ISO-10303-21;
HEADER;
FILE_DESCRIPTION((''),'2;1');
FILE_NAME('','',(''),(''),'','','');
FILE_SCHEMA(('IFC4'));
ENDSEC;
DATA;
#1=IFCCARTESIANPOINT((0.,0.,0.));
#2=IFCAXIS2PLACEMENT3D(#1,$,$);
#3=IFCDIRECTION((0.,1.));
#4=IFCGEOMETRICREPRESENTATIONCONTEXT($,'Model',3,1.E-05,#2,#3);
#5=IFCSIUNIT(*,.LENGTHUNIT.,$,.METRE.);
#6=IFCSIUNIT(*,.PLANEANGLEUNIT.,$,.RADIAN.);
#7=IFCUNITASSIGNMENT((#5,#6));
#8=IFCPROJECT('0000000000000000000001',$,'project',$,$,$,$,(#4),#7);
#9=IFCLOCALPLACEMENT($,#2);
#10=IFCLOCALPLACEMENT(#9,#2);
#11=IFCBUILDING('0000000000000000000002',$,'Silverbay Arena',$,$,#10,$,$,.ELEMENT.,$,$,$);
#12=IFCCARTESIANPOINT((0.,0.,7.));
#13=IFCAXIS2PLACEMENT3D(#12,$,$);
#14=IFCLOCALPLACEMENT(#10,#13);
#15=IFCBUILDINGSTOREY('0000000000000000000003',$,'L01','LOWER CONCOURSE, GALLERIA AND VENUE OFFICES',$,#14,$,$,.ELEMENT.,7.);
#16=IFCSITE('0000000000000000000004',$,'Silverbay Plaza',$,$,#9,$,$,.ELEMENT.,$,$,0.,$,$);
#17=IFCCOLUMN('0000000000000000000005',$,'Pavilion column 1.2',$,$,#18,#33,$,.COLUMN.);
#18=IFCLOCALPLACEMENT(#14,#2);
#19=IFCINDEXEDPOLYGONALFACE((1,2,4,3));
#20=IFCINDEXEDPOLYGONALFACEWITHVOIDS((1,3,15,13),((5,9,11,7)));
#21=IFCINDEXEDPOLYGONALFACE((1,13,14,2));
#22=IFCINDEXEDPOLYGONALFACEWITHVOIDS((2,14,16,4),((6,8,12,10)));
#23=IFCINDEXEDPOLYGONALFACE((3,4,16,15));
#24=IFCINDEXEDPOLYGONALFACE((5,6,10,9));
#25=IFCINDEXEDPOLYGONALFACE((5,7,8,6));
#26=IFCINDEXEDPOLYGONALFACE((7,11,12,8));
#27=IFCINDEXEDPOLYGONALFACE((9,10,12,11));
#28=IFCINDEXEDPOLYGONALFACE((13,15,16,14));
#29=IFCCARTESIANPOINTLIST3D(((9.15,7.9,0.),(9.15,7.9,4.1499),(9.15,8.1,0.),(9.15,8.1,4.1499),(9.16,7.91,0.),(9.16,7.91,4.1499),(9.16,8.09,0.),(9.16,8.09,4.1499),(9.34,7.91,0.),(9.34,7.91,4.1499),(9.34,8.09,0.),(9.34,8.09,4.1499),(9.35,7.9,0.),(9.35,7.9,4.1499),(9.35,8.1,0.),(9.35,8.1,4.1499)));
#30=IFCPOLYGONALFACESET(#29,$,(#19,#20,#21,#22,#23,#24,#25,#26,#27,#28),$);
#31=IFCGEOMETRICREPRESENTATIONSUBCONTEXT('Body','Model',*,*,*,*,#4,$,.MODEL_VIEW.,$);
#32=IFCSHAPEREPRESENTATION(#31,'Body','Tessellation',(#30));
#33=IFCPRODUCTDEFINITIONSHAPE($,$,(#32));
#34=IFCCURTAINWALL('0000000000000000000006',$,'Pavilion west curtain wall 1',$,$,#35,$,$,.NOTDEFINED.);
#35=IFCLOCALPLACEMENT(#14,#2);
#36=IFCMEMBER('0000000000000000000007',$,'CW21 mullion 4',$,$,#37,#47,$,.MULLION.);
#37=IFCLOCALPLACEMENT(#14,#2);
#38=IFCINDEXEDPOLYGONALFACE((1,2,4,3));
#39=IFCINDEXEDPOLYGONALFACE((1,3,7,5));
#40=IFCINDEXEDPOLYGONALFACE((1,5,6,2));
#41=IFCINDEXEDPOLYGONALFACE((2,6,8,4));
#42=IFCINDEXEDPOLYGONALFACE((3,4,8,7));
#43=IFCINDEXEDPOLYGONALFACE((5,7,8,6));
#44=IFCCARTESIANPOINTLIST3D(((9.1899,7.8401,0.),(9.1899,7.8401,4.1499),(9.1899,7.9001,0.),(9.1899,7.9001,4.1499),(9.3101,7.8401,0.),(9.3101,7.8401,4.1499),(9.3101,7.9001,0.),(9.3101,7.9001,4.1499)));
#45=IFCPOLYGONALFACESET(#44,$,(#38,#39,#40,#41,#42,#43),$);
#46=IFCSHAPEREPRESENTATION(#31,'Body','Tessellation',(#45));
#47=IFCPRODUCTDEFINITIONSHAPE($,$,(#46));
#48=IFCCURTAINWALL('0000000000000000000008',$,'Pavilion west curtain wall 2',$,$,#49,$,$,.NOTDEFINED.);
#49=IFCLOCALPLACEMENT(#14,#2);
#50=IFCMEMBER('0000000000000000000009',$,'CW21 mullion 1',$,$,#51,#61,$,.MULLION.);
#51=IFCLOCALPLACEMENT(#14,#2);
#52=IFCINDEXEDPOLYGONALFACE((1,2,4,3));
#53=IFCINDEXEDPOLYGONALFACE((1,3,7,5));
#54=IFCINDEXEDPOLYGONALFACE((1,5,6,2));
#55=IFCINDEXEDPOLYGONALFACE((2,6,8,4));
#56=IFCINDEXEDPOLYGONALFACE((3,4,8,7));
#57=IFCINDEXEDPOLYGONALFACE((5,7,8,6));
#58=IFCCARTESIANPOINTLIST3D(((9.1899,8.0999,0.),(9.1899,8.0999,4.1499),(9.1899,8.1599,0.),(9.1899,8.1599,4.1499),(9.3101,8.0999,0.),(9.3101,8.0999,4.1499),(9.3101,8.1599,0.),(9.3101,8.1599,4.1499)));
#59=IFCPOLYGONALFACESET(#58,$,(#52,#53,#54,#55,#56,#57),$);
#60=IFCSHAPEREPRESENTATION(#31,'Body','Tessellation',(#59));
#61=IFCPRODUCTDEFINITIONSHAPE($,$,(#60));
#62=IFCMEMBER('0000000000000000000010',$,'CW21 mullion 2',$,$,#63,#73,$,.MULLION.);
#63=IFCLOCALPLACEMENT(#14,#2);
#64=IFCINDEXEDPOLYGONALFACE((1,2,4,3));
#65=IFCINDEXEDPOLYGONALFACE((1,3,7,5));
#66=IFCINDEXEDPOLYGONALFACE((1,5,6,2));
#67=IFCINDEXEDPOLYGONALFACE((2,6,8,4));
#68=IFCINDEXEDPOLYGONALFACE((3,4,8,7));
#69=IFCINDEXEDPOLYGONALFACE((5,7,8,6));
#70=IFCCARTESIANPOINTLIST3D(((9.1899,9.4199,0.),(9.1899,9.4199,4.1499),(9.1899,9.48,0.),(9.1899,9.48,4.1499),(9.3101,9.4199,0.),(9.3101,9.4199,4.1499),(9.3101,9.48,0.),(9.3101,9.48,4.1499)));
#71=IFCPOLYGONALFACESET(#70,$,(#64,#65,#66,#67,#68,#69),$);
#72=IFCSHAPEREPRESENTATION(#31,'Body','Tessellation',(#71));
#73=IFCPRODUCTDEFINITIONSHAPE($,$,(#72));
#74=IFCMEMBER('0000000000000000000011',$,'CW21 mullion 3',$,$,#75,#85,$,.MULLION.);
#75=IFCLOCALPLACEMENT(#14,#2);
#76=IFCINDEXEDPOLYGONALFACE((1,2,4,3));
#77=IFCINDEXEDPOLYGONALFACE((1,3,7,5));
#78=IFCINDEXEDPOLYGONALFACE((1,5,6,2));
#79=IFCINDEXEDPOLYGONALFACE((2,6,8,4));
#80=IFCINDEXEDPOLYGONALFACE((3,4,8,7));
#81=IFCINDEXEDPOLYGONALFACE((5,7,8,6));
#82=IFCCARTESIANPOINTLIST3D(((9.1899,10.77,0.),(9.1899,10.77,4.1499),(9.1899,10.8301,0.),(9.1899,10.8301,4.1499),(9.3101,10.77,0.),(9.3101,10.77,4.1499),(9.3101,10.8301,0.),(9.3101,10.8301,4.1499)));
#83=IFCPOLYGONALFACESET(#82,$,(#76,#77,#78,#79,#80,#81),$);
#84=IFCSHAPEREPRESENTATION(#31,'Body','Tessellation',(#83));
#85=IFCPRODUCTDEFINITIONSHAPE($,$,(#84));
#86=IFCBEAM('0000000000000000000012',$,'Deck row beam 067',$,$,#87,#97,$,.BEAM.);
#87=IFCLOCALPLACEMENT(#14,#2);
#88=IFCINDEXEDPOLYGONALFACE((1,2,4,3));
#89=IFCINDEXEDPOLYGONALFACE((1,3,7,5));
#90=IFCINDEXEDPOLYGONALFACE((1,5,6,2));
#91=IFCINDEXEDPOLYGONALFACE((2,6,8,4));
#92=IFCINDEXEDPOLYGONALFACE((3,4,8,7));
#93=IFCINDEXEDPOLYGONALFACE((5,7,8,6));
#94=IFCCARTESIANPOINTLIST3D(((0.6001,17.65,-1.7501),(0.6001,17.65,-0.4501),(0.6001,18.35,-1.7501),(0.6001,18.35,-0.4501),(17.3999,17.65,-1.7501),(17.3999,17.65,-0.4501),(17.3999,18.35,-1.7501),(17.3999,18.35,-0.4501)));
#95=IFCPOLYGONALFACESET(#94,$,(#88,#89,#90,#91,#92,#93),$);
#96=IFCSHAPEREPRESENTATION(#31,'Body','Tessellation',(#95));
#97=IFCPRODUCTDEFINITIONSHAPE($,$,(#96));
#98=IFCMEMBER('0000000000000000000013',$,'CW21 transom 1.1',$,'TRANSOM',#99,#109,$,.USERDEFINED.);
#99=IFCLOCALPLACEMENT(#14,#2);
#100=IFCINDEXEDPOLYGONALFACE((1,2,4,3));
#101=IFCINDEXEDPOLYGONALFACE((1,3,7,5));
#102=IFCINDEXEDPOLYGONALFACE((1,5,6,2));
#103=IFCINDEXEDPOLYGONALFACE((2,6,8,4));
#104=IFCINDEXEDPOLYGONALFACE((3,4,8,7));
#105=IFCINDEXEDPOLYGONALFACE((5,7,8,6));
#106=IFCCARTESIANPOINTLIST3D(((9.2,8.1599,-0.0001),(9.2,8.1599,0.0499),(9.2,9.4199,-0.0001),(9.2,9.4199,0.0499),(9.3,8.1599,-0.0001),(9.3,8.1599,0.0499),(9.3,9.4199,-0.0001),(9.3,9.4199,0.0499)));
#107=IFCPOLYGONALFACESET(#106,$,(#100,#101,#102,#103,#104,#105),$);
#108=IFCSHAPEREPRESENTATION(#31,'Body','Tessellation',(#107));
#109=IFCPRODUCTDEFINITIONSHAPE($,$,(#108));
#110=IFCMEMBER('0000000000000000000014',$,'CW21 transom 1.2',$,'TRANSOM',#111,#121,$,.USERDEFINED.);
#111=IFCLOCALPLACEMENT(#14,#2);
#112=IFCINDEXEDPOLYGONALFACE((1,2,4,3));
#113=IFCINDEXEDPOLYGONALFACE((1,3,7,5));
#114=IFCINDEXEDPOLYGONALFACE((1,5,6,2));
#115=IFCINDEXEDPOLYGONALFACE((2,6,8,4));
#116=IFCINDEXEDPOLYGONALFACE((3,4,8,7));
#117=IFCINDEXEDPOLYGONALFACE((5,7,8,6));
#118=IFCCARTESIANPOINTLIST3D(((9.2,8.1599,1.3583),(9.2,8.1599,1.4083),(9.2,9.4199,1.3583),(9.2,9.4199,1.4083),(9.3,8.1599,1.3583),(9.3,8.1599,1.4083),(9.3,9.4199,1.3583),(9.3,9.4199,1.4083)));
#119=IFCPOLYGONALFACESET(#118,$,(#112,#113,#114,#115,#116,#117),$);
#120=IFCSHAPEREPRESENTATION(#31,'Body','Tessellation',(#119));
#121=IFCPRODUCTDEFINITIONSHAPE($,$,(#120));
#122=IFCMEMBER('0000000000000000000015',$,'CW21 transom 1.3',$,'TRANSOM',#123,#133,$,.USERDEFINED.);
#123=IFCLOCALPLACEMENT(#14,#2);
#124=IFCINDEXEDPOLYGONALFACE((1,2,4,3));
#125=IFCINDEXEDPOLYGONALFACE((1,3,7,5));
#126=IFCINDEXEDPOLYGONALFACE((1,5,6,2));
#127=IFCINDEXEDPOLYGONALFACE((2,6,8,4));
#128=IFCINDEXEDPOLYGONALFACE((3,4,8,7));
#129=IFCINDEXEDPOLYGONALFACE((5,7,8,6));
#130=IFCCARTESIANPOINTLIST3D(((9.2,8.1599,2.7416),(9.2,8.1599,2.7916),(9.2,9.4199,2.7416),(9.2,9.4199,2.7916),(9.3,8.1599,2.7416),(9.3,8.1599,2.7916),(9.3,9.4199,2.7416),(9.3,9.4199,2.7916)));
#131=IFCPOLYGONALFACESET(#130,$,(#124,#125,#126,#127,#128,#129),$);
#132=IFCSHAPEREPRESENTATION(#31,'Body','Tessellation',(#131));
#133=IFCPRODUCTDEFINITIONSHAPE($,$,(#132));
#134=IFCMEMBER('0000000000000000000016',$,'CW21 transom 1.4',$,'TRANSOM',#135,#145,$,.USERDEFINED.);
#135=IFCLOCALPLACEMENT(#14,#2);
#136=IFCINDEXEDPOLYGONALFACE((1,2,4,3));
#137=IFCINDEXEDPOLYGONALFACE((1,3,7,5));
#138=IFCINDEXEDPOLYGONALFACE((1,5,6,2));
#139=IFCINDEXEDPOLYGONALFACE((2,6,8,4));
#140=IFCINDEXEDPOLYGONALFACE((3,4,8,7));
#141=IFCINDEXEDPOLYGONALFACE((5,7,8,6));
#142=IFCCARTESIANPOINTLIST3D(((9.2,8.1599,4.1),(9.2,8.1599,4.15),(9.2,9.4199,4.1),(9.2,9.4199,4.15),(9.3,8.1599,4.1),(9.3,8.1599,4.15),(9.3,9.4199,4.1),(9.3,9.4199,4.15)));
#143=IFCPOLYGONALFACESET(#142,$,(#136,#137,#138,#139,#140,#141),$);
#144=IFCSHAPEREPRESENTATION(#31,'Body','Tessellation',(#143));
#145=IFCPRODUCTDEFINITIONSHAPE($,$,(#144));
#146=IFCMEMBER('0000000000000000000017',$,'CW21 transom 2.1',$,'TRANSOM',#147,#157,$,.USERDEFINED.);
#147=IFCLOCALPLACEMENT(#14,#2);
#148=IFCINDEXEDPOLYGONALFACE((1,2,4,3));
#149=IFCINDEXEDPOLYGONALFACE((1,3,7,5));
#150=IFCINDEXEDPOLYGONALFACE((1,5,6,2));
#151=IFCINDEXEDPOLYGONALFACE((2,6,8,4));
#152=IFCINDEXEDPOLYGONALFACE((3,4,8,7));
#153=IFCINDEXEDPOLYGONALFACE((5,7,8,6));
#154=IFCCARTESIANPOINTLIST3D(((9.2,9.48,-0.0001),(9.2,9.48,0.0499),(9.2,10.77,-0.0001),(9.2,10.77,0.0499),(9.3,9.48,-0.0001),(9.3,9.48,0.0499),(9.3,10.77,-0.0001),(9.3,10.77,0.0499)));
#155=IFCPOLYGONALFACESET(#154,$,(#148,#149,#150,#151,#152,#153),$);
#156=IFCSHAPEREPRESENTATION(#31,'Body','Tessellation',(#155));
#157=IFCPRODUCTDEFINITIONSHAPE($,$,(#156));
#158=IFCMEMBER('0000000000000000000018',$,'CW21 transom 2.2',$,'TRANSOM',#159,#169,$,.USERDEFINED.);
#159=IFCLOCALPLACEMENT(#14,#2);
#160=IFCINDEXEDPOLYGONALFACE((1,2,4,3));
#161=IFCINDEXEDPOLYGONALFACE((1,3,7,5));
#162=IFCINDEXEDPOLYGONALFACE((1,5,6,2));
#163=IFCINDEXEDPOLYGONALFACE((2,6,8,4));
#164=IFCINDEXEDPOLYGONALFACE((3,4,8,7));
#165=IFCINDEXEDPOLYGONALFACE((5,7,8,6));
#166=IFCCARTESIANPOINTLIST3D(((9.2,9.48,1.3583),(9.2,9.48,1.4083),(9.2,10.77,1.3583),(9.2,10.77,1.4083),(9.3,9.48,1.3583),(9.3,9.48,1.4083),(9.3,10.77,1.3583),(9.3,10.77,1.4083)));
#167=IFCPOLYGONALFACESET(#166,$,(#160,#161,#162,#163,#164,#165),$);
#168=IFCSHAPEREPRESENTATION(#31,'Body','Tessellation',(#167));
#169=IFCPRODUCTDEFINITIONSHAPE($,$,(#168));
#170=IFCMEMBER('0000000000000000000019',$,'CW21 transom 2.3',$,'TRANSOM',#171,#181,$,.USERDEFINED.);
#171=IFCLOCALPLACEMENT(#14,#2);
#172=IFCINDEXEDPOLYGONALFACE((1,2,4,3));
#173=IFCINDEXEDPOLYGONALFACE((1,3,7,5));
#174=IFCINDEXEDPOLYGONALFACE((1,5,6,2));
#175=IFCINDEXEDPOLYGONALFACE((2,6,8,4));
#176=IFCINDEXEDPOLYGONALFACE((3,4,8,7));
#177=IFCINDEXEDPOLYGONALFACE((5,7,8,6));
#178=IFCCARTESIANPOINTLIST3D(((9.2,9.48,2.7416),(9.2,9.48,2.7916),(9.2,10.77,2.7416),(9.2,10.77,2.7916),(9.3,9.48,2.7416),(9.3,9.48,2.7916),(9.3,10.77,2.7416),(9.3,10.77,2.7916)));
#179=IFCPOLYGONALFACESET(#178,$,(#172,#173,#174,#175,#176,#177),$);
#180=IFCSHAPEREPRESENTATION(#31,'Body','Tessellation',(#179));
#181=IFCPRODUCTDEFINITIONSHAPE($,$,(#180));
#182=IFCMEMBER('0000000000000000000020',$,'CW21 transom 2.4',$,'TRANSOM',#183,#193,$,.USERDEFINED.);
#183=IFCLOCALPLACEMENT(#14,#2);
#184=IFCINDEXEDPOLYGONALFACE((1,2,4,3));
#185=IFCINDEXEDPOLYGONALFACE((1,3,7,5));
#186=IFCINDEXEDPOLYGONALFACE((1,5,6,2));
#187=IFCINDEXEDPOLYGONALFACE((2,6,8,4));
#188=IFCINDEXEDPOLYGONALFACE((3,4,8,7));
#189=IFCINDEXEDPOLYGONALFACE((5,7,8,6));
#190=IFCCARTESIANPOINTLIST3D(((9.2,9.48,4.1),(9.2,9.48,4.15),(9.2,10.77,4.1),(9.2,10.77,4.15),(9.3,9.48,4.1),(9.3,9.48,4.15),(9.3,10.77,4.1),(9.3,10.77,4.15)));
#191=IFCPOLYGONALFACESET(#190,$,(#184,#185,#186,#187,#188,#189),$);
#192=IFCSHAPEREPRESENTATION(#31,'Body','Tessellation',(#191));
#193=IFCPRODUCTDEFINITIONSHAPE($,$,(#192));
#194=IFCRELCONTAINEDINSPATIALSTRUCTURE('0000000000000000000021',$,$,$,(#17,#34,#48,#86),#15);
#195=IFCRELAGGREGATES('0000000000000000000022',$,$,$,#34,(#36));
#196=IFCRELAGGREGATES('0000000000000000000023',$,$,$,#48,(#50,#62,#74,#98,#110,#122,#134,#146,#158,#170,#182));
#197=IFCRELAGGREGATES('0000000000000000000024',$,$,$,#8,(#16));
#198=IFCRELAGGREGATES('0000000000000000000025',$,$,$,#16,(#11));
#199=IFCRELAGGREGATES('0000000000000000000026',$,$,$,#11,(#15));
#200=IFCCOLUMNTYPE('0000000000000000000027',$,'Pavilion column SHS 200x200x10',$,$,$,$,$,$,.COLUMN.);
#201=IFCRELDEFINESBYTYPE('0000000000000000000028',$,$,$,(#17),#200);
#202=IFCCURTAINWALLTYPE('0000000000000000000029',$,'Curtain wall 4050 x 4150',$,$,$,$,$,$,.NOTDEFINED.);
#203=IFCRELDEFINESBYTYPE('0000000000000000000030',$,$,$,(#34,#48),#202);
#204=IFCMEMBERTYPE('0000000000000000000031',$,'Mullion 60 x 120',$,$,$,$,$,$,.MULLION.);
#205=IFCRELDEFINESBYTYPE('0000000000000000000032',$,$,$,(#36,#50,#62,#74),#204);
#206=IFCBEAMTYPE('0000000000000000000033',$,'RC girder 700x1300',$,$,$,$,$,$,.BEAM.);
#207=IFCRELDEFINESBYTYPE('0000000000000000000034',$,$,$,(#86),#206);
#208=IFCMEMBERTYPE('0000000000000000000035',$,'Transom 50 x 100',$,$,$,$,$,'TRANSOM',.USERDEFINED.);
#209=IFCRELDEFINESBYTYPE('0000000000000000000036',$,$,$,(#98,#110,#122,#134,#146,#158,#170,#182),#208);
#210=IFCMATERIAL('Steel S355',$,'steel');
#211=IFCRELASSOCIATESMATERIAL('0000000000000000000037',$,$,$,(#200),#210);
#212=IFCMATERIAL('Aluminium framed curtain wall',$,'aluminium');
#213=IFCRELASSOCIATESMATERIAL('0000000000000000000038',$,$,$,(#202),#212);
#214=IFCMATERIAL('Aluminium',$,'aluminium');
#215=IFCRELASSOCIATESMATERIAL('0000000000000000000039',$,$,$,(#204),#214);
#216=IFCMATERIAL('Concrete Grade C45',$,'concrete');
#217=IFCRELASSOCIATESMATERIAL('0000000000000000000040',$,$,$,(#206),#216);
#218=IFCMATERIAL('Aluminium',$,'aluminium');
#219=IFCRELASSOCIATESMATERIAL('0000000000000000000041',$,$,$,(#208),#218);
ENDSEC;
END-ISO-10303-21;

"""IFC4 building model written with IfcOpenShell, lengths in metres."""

from ifc_helpers import new_model, si_unit, direction, frame, origin, origin_2d, place, context, subcontext, project, spatial, rectangle, hollow_rectangle, extrude, material, material_profile, profile_set, type_object, element, aggregate, save


model = new_model("IFC4")

# Units and contexts
model_context = context("Model", 3, precision=1e-05, world=origin(), true_north=direction((0.0, 1.0)))
body_context = subcontext(model_context, "Body", "Model", "MODEL_VIEW")
ifc_project = project(units=[si_unit("LENGTHUNIT", "METRE"), si_unit("PLANEANGLEUNIT", "RADIAN")], contexts=[model_context])

# Site, building, storey
site_placement = place(None, origin())
site = spatial("IfcSite", under=ifc_project, at=site_placement, Name="Silverbay Plaza", CompositionType="ELEMENT", RefElevation=0.0)
building_placement = place(site_placement, origin())
building = spatial("IfcBuilding", under=site, at=building_placement, Name="Silverbay Arena", CompositionType="ELEMENT")
storey_placement = place(building_placement, frame((0.0, 0.0, 7.0)))
storey = spatial("IfcBuildingStorey", under=building, at=storey_placement, Name="L01", Description="LOWER CONCOURSE, GALLERIA AND VENUE OFFICES", CompositionType="ELEMENT", Elevation=7.0)

# Column
ifc_material_1 = material(Name="Steel S355", Category="steel")
ifc_material_profile_1 = material_profile(ifc_material_1, hollow_rectangle(XDim=0.2, YDim=0.2, WallThickness=0.01, at=origin_2d()), Name="SHS 200x200x10")
ifc_profile_set_1 = profile_set([ifc_material_profile_1], Name="Steel S355")
column_type = type_object("IfcColumnType", Name="Pavilion column SHS 200x200x10", PredefinedType="COLUMN", material=ifc_profile_set_1)
column_placement = place(storey_placement, frame((9.25, 8.0, 0.0), z_axis=(0.0, 0.0, 1.0), x_axis=(1.0, 0.0, 0.0)))
element("IfcColumn", 1, at=column_placement, inside=storey, type_object=column_type, Name="Pavilion column 1.2", PredefinedType="COLUMN", context=body_context, shape_type="SweptSolid", body=[
    extrude(hollow_rectangle(XDim=0.2, YDim=0.2, WallThickness=0.01, at=origin_2d()), origin(), (0.0, 0.0, 1.0), 4.1499),
])

# Curtain wall, member
ifc_material_2 = material(Name="Aluminium framed curtain wall", Category="aluminium")
curtain_wall_type = type_object("IfcCurtainWallType", Name="Curtain wall 4050 x 4150", PredefinedType="NOTDEFINED", material=ifc_material_2)
curtain_wall_1_placement = place(storey_placement, origin())
curtain_wall_1 = element("IfcCurtainWall", 2, at=curtain_wall_1_placement, inside=storey, type_object=curtain_wall_type, Name="Pavilion west curtain wall 1", PredefinedType="NOTDEFINED")
ifc_material_3 = material(Name="Aluminium", Category="aluminium")
ifc_material_profile_2 = material_profile(ifc_material_3, rectangle(XDim=0.1201, YDim=0.0601, at=origin_2d()), Name="Mullion 60 x 120")
ifc_profile_set_2 = profile_set([ifc_material_profile_2], Name="Aluminium")
member_type_1 = type_object("IfcMemberType", Name="Mullion 60 x 120", PredefinedType="MULLION", material=ifc_profile_set_2)
member_1_placement = place(storey_placement, frame((9.25, 7.8701, 0.0), z_axis=(0.0, 0.0, 1.0), x_axis=(-1.0, 0.0, 0.0)))
member_1 = element("IfcMember", 3, at=member_1_placement, type_object=member_type_1, Name="CW21 mullion 4", PredefinedType="MULLION", context=body_context, shape_type="SweptSolid", body=[
    extrude(rectangle(XDim=0.1201, YDim=0.0601, at=origin_2d()), origin(), (0.0, 0.0, 1.0), 4.1499),
])

# Curtain wall, members
curtain_wall_2_placement = place(storey_placement, origin())
curtain_wall_2 = element("IfcCurtainWall", 4, at=curtain_wall_2_placement, inside=storey, type_object=curtain_wall_type, Name="Pavilion west curtain wall 2", PredefinedType="NOTDEFINED")
member_2_placement = place(storey_placement, frame((9.25, 8.1299, 0.0), z_axis=(0.0, 0.0, 1.0), x_axis=(-1.0, 0.0, 0.0)))
member_2 = element("IfcMember", 5, at=member_2_placement, type_object=member_type_1, Name="CW21 mullion 1", PredefinedType="MULLION", context=body_context, shape_type="SweptSolid", body=[
    extrude(rectangle(XDim=0.1201, YDim=0.0601, at=origin_2d()), origin(), (0.0, 0.0, 1.0), 4.1499),
])
member_3_placement = place(storey_placement, frame((9.25, 9.45, 0.0), z_axis=(0.0, 0.0, 1.0), x_axis=(-1.0, 0.0, 0.0)))
member_3 = element("IfcMember", 6, at=member_3_placement, type_object=member_type_1, Name="CW21 mullion 2", PredefinedType="MULLION", context=body_context, shape_type="SweptSolid", body=[
    extrude(rectangle(XDim=0.1201, YDim=0.0601, at=origin_2d()), origin(), (0.0, 0.0, 1.0), 4.1499),
])
member_4_placement = place(storey_placement, frame((9.25, 10.8, 0.0), z_axis=(0.0, 0.0, 1.0), x_axis=(-1.0, 0.0, 0.0)))
member_4 = element("IfcMember", 7, at=member_4_placement, type_object=member_type_1, Name="CW21 mullion 3", PredefinedType="MULLION", context=body_context, shape_type="SweptSolid", body=[
    extrude(rectangle(XDim=0.1201, YDim=0.0601, at=origin_2d()), origin(), (0.0, 0.0, 1.0), 4.1499),
])

# Beam
ifc_material_4 = material(Name="Concrete Grade C45", Category="concrete")
ifc_material_profile_3 = material_profile(ifc_material_4, rectangle(XDim=0.7, YDim=1.3, at=origin_2d()), Name="RC 700x1300")
ifc_profile_set_3 = profile_set([ifc_material_profile_3], Name="Concrete Grade C45")
beam_type = type_object("IfcBeamType", Name="RC girder 700x1300", PredefinedType="BEAM", material=ifc_profile_set_3)
beam_placement = place(storey_placement, frame((0.6001, 18.0, -1.1001), z_axis=(1.0, 0.0, 0.0), x_axis=(0.0, 1.0, 0.0)))
element("IfcBeam", 8, at=beam_placement, inside=storey, type_object=beam_type, Name="Deck row beam 067", PredefinedType="BEAM", context=body_context, shape_type="SweptSolid", body=[
    extrude(rectangle(XDim=0.7, YDim=1.3, at=origin_2d()), origin(), (0.0, 0.0, 1.0), 16.7998),
])

# Members
ifc_material_5 = material(Name="Aluminium", Category="aluminium")
ifc_material_profile_4 = material_profile(ifc_material_5, rectangle(XDim=0.1001, YDim=0.05, at=origin_2d()), Name="Transom 50 x 100")
ifc_profile_set_4 = profile_set([ifc_material_profile_4], Name="Aluminium")
member_type_2 = type_object("IfcMemberType", Name="Transom 50 x 100", ElementType="TRANSOM", PredefinedType="USERDEFINED", material=ifc_profile_set_4)
member_5_placement = place(storey_placement, frame((9.25, 8.1599, 0.0249), z_axis=(0.0, 1.0, 0.0), x_axis=(-1.0, 0.0, 0.0)))
member_5 = element("IfcMember", 9, at=member_5_placement, type_object=member_type_2, Name="CW21 transom 1.1", ObjectType="TRANSOM", PredefinedType="USERDEFINED", context=body_context, shape_type="SweptSolid", body=[
    extrude(rectangle(XDim=0.1001, YDim=0.05, at=origin_2d()), origin(), (0.0, 0.0, 1.0), 1.26),
])
member_6_placement = place(storey_placement, frame((9.25, 8.1599, 1.3833), z_axis=(0.0, 1.0, 0.0), x_axis=(-1.0, 0.0, 0.0)))
member_6 = element("IfcMember", 10, at=member_6_placement, type_object=member_type_2, Name="CW21 transom 1.2", ObjectType="TRANSOM", PredefinedType="USERDEFINED", context=body_context, shape_type="SweptSolid", body=[
    extrude(rectangle(XDim=0.1001, YDim=0.05, at=origin_2d()), origin(), (0.0, 0.0, 1.0), 1.26),
])
member_7_placement = place(storey_placement, frame((9.25, 8.1599, 2.7666), z_axis=(0.0, 1.0, 0.0), x_axis=(-1.0, 0.0, 0.0)))
member_7 = element("IfcMember", 11, at=member_7_placement, type_object=member_type_2, Name="CW21 transom 1.3", ObjectType="TRANSOM", PredefinedType="USERDEFINED", context=body_context, shape_type="SweptSolid", body=[
    extrude(rectangle(XDim=0.1001, YDim=0.05, at=origin_2d()), origin(), (0.0, 0.0, 1.0), 1.26),
])
member_8_placement = place(storey_placement, frame((9.25, 8.1599, 4.125), z_axis=(0.0, 1.0, 0.0), x_axis=(-1.0, 0.0, 0.0)))
member_8 = element("IfcMember", 12, at=member_8_placement, type_object=member_type_2, Name="CW21 transom 1.4", ObjectType="TRANSOM", PredefinedType="USERDEFINED", context=body_context, shape_type="SweptSolid", body=[
    extrude(rectangle(XDim=0.1001, YDim=0.05, at=origin_2d()), origin(), (0.0, 0.0, 1.0), 1.26),
])
member_9_placement = place(storey_placement, frame((9.25, 9.48, 0.0249), z_axis=(0.0, 1.0, 0.0), x_axis=(-1.0, 0.0, 0.0)))
member_9 = element("IfcMember", 13, at=member_9_placement, type_object=member_type_2, Name="CW21 transom 2.1", ObjectType="TRANSOM", PredefinedType="USERDEFINED", context=body_context, shape_type="SweptSolid", body=[
    extrude(rectangle(XDim=0.1001, YDim=0.05, at=origin_2d()), origin(), (0.0, 0.0, 1.0), 1.29),
])
member_10_placement = place(storey_placement, frame((9.25, 9.48, 1.3833), z_axis=(0.0, 1.0, 0.0), x_axis=(-1.0, 0.0, 0.0)))
member_10 = element("IfcMember", 14, at=member_10_placement, type_object=member_type_2, Name="CW21 transom 2.2", ObjectType="TRANSOM", PredefinedType="USERDEFINED", context=body_context, shape_type="SweptSolid", body=[
    extrude(rectangle(XDim=0.1001, YDim=0.05, at=origin_2d()), origin(), (0.0, 0.0, 1.0), 1.29),
])
member_11_placement = place(storey_placement, frame((9.25, 9.48, 2.7666), z_axis=(0.0, 1.0, 0.0), x_axis=(-1.0, 0.0, 0.0)))
member_11 = element("IfcMember", 15, at=member_11_placement, type_object=member_type_2, Name="CW21 transom 2.3", ObjectType="TRANSOM", PredefinedType="USERDEFINED", context=body_context, shape_type="SweptSolid", body=[
    extrude(rectangle(XDim=0.1001, YDim=0.05, at=origin_2d()), origin(), (0.0, 0.0, 1.0), 1.29),
])
member_12_placement = place(storey_placement, frame((9.25, 9.48, 4.125), z_axis=(0.0, 1.0, 0.0), x_axis=(-1.0, 0.0, 0.0)))
member_12 = element("IfcMember", 16, at=member_12_placement, type_object=member_type_2, Name="CW21 transom 2.4", ObjectType="TRANSOM", PredefinedType="USERDEFINED", context=body_context, shape_type="SweptSolid", body=[
    extrude(rectangle(XDim=0.1001, YDim=0.05, at=origin_2d()), origin(), (0.0, 0.0, 1.0), 1.29),
])

aggregate(curtain_wall_1, [member_1])
aggregate(curtain_wall_2, [member_2, member_3, member_4, member_5, member_6, member_7, member_8, member_9, member_10, member_11, member_12])

save(model, "model.ifc")
